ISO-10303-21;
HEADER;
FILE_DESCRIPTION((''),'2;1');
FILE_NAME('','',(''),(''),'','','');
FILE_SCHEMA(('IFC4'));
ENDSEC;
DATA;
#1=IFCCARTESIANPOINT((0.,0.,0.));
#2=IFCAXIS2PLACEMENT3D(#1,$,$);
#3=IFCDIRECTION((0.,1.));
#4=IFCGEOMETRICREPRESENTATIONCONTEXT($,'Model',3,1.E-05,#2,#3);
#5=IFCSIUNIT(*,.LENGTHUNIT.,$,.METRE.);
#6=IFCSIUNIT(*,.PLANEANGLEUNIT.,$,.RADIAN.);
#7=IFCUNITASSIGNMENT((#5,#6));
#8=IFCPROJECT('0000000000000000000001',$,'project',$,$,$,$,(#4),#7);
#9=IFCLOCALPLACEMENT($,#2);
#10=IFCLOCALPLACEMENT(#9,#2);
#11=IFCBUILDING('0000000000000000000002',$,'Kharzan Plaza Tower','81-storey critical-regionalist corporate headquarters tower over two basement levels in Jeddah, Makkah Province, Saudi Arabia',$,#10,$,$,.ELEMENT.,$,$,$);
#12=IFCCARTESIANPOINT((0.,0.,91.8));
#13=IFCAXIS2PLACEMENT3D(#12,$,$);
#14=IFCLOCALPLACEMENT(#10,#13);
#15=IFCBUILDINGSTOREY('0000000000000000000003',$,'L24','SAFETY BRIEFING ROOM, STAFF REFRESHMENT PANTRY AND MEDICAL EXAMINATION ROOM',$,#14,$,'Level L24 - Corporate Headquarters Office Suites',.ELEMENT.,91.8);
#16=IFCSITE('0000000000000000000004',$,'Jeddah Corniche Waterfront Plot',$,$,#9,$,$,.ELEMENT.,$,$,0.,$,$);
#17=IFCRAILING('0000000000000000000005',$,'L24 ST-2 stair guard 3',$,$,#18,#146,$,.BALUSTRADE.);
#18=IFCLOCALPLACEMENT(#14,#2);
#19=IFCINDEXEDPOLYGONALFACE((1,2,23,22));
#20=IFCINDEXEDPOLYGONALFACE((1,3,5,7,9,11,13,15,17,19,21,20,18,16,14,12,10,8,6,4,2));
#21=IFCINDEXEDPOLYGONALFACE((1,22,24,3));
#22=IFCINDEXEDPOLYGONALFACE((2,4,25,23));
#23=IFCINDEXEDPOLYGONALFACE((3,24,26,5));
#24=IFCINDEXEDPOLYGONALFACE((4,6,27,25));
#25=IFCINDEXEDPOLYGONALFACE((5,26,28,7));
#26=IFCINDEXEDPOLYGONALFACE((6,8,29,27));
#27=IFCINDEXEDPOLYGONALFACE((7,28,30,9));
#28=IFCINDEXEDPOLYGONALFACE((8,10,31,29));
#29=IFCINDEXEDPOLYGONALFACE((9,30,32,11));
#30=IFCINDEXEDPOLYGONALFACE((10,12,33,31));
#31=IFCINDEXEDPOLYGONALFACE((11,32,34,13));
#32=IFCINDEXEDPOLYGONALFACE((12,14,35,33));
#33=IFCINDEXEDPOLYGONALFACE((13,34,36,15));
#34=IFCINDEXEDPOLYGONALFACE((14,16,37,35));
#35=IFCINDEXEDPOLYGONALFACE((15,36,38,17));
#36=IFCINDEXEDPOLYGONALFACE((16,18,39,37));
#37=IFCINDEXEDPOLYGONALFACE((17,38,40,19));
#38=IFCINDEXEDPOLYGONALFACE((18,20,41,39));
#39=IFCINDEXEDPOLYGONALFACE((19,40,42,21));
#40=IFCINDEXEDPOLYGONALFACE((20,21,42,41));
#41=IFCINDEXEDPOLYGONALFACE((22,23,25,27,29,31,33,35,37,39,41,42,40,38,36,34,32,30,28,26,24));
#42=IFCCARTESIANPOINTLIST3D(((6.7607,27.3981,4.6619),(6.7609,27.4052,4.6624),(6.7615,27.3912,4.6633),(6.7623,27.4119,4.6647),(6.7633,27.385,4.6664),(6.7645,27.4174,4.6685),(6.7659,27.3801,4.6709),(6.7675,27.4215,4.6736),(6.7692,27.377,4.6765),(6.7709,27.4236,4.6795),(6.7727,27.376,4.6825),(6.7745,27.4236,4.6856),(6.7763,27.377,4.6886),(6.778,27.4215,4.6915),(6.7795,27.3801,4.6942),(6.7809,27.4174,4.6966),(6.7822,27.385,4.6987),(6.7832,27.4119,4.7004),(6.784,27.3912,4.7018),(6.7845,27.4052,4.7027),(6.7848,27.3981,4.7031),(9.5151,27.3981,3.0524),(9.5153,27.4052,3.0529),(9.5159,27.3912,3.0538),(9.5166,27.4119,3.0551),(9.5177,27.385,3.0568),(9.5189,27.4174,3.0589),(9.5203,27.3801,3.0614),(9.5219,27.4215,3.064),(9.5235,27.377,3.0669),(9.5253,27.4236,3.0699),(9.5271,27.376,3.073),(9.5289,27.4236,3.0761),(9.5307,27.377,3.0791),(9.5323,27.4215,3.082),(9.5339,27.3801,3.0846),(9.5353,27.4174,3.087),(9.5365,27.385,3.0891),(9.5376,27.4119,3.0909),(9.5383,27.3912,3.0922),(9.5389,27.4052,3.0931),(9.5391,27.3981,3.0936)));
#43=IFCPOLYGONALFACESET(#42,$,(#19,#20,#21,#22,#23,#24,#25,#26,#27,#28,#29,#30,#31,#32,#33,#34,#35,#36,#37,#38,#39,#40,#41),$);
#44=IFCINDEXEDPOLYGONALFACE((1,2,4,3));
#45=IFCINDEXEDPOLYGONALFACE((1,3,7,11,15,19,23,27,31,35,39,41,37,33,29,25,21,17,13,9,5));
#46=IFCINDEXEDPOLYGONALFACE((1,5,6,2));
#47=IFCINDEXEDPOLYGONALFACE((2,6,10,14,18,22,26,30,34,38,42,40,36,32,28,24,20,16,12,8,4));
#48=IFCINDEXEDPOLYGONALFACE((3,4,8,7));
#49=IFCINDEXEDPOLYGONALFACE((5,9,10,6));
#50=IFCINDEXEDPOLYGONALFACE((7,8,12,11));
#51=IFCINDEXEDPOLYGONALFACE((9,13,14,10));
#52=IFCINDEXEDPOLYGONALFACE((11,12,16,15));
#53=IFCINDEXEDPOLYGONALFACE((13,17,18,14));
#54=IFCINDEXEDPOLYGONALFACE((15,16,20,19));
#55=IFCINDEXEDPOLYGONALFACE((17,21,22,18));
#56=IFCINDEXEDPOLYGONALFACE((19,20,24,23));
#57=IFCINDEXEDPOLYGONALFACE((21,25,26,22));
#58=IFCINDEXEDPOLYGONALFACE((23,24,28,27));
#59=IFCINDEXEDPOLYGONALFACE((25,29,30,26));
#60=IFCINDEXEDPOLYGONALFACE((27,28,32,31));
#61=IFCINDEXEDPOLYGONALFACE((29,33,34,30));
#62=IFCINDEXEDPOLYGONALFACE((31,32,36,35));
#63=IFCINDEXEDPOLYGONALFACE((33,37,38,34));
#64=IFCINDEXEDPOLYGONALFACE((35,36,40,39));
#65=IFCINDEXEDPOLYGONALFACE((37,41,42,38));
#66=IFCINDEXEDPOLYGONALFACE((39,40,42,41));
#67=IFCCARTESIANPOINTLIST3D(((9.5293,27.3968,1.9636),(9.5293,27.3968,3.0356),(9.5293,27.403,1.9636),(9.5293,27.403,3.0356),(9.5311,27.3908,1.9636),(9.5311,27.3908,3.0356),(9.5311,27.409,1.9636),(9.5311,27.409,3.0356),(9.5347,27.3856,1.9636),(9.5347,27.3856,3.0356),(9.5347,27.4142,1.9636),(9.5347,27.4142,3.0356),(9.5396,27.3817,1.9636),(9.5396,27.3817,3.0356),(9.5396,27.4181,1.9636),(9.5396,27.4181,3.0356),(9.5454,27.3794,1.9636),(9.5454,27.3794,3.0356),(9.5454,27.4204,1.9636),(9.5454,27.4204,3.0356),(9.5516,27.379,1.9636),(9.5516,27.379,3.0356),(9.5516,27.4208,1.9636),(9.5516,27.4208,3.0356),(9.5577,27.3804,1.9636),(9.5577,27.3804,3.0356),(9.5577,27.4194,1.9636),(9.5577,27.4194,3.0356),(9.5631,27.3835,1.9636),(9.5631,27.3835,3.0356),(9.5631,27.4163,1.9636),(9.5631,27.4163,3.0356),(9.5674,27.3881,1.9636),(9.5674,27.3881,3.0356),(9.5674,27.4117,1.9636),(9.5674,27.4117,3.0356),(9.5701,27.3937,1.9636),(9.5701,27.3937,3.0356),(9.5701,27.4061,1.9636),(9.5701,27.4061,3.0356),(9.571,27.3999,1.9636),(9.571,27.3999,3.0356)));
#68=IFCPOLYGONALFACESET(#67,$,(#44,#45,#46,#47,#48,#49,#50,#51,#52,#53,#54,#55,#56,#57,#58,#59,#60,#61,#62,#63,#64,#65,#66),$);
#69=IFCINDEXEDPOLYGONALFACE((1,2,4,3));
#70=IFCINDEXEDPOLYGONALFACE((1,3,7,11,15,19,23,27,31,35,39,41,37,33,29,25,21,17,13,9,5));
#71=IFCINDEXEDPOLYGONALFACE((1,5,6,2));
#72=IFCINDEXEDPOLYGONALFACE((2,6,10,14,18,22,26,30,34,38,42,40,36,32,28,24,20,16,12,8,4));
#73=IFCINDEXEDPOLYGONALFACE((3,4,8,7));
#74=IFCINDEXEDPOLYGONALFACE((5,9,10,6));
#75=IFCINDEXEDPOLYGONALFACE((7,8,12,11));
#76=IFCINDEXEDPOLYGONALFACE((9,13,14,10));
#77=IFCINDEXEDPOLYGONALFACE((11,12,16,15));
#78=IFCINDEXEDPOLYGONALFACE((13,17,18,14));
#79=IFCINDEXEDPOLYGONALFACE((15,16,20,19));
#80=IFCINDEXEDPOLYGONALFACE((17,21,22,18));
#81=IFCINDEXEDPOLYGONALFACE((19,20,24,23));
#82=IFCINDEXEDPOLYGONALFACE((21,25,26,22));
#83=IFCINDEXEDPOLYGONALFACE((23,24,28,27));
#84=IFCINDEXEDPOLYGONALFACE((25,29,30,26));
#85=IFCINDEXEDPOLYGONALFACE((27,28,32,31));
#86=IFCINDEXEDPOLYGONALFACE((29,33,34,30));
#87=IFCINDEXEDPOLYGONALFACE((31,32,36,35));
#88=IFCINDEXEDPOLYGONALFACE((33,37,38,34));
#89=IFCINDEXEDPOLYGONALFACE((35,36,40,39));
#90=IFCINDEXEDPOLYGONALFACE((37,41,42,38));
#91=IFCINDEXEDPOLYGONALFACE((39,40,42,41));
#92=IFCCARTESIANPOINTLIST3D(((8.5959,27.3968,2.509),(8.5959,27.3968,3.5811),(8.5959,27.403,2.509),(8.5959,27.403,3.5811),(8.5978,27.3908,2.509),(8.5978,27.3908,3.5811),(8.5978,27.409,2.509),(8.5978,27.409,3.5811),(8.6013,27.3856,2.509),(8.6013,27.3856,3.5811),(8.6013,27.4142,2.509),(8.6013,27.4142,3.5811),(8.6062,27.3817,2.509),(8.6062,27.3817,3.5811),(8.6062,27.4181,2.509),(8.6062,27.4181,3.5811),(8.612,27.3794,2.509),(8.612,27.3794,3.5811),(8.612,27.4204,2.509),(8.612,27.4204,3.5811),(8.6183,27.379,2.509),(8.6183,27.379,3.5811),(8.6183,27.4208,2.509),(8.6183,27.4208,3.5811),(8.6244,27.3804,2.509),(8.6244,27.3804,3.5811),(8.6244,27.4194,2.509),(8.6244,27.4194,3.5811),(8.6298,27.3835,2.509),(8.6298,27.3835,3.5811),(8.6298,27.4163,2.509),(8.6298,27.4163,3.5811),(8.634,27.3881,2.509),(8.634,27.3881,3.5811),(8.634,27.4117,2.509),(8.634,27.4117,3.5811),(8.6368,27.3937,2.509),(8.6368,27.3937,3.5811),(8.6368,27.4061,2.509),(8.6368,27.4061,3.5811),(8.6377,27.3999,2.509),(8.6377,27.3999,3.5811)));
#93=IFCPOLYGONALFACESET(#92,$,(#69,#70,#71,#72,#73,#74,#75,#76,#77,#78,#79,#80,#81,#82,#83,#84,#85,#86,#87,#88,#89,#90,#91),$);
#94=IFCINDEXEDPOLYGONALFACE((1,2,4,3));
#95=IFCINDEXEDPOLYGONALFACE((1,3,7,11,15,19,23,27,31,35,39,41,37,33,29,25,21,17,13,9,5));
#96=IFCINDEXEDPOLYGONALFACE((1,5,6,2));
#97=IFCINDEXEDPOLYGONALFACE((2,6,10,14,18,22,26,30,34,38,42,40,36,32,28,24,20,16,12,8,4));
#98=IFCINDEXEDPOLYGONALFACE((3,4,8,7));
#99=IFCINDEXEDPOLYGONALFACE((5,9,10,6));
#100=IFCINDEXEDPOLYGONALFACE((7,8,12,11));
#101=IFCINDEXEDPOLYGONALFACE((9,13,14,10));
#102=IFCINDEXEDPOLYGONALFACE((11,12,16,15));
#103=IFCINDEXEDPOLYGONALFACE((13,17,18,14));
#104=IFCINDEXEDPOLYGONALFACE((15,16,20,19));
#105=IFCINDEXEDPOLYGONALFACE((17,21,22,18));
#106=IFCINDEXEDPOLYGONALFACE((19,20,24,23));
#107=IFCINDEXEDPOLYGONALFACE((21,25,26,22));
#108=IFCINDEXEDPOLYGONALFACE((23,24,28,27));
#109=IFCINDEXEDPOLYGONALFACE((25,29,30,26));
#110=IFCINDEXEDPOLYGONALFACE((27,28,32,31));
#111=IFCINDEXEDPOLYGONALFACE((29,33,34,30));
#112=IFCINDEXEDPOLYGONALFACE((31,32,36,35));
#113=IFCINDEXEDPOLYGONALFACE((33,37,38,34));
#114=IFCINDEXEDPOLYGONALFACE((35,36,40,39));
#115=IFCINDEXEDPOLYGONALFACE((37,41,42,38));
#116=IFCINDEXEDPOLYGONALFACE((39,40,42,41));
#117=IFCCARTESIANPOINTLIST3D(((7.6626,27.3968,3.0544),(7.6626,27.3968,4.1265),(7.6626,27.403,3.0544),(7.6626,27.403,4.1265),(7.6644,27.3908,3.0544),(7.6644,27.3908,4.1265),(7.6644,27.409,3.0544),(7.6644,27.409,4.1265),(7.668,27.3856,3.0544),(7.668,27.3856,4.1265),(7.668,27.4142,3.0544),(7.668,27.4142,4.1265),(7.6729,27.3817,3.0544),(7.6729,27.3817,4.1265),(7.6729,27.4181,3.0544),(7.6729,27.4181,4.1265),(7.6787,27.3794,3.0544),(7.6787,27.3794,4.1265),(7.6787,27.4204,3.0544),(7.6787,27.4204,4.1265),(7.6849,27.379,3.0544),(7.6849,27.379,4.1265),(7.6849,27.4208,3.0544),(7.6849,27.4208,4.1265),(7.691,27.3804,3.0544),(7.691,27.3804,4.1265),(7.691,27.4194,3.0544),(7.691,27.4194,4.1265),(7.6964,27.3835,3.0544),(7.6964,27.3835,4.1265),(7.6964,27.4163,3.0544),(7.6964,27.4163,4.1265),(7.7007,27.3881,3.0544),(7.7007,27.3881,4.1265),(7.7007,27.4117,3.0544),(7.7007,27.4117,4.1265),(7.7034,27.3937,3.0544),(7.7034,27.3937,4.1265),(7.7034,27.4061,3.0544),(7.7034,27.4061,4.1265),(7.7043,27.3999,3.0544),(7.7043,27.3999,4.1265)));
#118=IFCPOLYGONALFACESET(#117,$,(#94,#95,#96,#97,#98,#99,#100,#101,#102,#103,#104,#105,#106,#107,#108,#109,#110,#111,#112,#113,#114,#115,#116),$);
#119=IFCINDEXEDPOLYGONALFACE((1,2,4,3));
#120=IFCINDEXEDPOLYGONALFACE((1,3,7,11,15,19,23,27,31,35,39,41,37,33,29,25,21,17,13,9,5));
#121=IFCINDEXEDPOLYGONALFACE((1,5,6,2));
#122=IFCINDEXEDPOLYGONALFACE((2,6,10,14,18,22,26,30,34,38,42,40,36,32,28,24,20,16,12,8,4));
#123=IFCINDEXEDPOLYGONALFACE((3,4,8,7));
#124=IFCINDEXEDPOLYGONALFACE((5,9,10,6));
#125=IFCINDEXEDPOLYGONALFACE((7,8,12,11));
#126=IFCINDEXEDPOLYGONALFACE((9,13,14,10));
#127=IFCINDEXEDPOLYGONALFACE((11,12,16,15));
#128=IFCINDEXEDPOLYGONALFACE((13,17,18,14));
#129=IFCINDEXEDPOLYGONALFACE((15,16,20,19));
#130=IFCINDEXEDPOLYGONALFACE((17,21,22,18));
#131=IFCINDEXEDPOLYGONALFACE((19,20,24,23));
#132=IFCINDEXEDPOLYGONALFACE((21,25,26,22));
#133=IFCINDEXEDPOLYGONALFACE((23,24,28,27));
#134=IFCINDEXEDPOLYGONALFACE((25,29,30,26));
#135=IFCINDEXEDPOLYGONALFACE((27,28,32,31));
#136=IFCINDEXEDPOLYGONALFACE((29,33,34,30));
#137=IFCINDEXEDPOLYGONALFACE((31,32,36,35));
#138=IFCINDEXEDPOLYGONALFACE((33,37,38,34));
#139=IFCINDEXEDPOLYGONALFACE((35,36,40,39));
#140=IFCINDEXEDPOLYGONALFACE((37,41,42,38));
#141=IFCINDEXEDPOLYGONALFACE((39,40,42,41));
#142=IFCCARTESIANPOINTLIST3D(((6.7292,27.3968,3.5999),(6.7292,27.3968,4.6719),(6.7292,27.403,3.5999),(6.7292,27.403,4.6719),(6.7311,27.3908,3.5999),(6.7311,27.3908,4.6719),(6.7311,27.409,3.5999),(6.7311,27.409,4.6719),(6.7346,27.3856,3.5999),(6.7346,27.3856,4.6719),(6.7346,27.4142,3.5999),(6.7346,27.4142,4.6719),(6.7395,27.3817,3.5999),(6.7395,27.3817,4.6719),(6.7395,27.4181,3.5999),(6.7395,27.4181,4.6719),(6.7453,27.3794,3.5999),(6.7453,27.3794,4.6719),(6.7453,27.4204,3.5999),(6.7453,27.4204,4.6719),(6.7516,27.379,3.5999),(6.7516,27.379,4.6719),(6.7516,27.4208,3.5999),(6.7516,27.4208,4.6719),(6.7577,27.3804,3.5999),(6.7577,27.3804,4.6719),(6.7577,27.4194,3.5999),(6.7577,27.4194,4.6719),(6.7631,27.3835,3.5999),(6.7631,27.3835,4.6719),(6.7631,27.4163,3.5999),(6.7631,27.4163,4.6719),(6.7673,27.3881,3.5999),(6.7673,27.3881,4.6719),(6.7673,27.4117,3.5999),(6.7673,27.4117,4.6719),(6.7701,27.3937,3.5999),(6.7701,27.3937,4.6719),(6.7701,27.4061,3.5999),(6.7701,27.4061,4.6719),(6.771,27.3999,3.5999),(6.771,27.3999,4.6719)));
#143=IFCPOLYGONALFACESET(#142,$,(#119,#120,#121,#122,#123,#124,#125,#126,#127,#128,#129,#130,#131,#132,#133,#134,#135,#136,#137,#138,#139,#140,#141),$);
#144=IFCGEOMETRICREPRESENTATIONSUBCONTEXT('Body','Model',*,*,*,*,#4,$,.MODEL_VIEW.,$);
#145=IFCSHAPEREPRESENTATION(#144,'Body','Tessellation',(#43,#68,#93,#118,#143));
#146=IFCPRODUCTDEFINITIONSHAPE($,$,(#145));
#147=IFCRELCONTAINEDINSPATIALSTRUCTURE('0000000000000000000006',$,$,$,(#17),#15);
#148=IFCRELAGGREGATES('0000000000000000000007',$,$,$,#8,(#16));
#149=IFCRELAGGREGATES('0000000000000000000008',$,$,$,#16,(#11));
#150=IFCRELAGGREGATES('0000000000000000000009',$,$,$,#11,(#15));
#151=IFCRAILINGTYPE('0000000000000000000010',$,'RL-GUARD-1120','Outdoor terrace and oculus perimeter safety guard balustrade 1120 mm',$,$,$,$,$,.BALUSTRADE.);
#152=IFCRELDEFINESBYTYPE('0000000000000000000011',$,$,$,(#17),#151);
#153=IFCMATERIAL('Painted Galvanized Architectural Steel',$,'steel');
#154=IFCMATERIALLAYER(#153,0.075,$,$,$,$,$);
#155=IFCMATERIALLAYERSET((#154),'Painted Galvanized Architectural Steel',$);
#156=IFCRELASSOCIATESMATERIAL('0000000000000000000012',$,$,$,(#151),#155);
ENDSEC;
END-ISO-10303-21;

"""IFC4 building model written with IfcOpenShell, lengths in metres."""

from ifc_helpers import new_model, si_unit, direction, frame, origin, origin_2d, place, context, subcontext, project, spatial, circle, extrude, source, transform, mapped, material, layer, layer_set, type_object, element, save


model = new_model("IFC4")

# Units and contexts
model_context = context("Model", 3, precision=1e-05, world=origin(), true_north=direction((0.0, 1.0)))
body_context = subcontext(model_context, "Body", "Model", "MODEL_VIEW")
ifc_project = project(units=[si_unit("LENGTHUNIT", "METRE"), si_unit("PLANEANGLEUNIT", "RADIAN")], contexts=[model_context])

# Site, building, storey
site_placement = place(None, origin())
site = spatial("IfcSite", under=ifc_project, at=site_placement, Name="Jeddah Corniche Waterfront Plot", CompositionType="ELEMENT", RefElevation=0.0)
building_placement = place(site_placement, origin())
building = spatial("IfcBuilding", under=site, at=building_placement, Name="Kharzan Plaza Tower", Description="81-storey critical-regionalist corporate headquarters tower over two basement levels in Jeddah, Makkah Province, Saudi Arabia", CompositionType="ELEMENT")
storey_placement = place(building_placement, frame((0.0, 0.0, 91.8)))
storey = spatial("IfcBuildingStorey", under=building, at=storey_placement, Name="L24", Description="SAFETY BRIEFING ROOM, STAFF REFRESHMENT PANTRY AND MEDICAL EXAMINATION ROOM", LongName="Level L24 - Corporate Headquarters Office Suites", CompositionType="ELEMENT", Elevation=91.8)

# Railing
ifc_material_1 = material(Name="Painted Galvanized Architectural Steel", Category="steel")
ifc_layer_1 = layer(ifc_material_1, 0.075)
ifc_layer_set_1 = layer_set([ifc_layer_1], Name="Painted Galvanized Architectural Steel")
railing_type_1 = type_object("IfcRailingType", Name="RL-GUARD-1120", Description="Outdoor terrace and oculus perimeter safety guard balustrade 1120 mm", PredefinedType="BALUSTRADE", material=ifc_layer_set_1)
shared_shape_1 = source(origin(), body_context, "Body", "SweptSolid", [
    extrude(circle(Radius=0.0239, at=origin_2d()), frame((-0.0229, 0.0, 1.1094), z_axis=(-0.863394, 0.0, 0.504531), x_axis=(0.0, -1.0, 0.0)), (0.0, 0.0, 1.0), 3.1902),
    extrude(circle(Radius=0.021, at=origin_2d()), origin(), (0.0, 0.0, 1.0), 1.072),
    extrude(circle(Radius=0.021, at=origin_2d()), frame((-0.9333, 0.0, 0.5454)), (0.0, 0.0, 1.0), 1.072),
    extrude(circle(Radius=0.021, at=origin_2d()), frame((-1.8667, 0.0, 1.0908)), (0.0, 0.0, 1.0), 1.072),
    extrude(circle(Radius=0.021, at=origin_2d()), frame((-2.8, 0.0, 1.6362)), (0.0, 0.0, 1.0), 1.072),
])
railing_1_placement = place(storey_placement, frame((9.55, 27.3999, 1.9636)))
element("IfcRailing", 1, at=railing_1_placement, inside=storey, type_object=railing_type_1, Name="L24 ST-2 stair guard 3", PredefinedType="BALUSTRADE", context=body_context, shape_type="MappedRepresentation", body=[
    mapped(shared_shape_1, transform((0.0, 0.0, 0.0), x_axis=(1.0, 0.0, 0.0), y_axis=(0.0, 1.0, 0.0), z_axis=(0.0, 0.0, 1.0))),
])

save(model, "model.ifc")
